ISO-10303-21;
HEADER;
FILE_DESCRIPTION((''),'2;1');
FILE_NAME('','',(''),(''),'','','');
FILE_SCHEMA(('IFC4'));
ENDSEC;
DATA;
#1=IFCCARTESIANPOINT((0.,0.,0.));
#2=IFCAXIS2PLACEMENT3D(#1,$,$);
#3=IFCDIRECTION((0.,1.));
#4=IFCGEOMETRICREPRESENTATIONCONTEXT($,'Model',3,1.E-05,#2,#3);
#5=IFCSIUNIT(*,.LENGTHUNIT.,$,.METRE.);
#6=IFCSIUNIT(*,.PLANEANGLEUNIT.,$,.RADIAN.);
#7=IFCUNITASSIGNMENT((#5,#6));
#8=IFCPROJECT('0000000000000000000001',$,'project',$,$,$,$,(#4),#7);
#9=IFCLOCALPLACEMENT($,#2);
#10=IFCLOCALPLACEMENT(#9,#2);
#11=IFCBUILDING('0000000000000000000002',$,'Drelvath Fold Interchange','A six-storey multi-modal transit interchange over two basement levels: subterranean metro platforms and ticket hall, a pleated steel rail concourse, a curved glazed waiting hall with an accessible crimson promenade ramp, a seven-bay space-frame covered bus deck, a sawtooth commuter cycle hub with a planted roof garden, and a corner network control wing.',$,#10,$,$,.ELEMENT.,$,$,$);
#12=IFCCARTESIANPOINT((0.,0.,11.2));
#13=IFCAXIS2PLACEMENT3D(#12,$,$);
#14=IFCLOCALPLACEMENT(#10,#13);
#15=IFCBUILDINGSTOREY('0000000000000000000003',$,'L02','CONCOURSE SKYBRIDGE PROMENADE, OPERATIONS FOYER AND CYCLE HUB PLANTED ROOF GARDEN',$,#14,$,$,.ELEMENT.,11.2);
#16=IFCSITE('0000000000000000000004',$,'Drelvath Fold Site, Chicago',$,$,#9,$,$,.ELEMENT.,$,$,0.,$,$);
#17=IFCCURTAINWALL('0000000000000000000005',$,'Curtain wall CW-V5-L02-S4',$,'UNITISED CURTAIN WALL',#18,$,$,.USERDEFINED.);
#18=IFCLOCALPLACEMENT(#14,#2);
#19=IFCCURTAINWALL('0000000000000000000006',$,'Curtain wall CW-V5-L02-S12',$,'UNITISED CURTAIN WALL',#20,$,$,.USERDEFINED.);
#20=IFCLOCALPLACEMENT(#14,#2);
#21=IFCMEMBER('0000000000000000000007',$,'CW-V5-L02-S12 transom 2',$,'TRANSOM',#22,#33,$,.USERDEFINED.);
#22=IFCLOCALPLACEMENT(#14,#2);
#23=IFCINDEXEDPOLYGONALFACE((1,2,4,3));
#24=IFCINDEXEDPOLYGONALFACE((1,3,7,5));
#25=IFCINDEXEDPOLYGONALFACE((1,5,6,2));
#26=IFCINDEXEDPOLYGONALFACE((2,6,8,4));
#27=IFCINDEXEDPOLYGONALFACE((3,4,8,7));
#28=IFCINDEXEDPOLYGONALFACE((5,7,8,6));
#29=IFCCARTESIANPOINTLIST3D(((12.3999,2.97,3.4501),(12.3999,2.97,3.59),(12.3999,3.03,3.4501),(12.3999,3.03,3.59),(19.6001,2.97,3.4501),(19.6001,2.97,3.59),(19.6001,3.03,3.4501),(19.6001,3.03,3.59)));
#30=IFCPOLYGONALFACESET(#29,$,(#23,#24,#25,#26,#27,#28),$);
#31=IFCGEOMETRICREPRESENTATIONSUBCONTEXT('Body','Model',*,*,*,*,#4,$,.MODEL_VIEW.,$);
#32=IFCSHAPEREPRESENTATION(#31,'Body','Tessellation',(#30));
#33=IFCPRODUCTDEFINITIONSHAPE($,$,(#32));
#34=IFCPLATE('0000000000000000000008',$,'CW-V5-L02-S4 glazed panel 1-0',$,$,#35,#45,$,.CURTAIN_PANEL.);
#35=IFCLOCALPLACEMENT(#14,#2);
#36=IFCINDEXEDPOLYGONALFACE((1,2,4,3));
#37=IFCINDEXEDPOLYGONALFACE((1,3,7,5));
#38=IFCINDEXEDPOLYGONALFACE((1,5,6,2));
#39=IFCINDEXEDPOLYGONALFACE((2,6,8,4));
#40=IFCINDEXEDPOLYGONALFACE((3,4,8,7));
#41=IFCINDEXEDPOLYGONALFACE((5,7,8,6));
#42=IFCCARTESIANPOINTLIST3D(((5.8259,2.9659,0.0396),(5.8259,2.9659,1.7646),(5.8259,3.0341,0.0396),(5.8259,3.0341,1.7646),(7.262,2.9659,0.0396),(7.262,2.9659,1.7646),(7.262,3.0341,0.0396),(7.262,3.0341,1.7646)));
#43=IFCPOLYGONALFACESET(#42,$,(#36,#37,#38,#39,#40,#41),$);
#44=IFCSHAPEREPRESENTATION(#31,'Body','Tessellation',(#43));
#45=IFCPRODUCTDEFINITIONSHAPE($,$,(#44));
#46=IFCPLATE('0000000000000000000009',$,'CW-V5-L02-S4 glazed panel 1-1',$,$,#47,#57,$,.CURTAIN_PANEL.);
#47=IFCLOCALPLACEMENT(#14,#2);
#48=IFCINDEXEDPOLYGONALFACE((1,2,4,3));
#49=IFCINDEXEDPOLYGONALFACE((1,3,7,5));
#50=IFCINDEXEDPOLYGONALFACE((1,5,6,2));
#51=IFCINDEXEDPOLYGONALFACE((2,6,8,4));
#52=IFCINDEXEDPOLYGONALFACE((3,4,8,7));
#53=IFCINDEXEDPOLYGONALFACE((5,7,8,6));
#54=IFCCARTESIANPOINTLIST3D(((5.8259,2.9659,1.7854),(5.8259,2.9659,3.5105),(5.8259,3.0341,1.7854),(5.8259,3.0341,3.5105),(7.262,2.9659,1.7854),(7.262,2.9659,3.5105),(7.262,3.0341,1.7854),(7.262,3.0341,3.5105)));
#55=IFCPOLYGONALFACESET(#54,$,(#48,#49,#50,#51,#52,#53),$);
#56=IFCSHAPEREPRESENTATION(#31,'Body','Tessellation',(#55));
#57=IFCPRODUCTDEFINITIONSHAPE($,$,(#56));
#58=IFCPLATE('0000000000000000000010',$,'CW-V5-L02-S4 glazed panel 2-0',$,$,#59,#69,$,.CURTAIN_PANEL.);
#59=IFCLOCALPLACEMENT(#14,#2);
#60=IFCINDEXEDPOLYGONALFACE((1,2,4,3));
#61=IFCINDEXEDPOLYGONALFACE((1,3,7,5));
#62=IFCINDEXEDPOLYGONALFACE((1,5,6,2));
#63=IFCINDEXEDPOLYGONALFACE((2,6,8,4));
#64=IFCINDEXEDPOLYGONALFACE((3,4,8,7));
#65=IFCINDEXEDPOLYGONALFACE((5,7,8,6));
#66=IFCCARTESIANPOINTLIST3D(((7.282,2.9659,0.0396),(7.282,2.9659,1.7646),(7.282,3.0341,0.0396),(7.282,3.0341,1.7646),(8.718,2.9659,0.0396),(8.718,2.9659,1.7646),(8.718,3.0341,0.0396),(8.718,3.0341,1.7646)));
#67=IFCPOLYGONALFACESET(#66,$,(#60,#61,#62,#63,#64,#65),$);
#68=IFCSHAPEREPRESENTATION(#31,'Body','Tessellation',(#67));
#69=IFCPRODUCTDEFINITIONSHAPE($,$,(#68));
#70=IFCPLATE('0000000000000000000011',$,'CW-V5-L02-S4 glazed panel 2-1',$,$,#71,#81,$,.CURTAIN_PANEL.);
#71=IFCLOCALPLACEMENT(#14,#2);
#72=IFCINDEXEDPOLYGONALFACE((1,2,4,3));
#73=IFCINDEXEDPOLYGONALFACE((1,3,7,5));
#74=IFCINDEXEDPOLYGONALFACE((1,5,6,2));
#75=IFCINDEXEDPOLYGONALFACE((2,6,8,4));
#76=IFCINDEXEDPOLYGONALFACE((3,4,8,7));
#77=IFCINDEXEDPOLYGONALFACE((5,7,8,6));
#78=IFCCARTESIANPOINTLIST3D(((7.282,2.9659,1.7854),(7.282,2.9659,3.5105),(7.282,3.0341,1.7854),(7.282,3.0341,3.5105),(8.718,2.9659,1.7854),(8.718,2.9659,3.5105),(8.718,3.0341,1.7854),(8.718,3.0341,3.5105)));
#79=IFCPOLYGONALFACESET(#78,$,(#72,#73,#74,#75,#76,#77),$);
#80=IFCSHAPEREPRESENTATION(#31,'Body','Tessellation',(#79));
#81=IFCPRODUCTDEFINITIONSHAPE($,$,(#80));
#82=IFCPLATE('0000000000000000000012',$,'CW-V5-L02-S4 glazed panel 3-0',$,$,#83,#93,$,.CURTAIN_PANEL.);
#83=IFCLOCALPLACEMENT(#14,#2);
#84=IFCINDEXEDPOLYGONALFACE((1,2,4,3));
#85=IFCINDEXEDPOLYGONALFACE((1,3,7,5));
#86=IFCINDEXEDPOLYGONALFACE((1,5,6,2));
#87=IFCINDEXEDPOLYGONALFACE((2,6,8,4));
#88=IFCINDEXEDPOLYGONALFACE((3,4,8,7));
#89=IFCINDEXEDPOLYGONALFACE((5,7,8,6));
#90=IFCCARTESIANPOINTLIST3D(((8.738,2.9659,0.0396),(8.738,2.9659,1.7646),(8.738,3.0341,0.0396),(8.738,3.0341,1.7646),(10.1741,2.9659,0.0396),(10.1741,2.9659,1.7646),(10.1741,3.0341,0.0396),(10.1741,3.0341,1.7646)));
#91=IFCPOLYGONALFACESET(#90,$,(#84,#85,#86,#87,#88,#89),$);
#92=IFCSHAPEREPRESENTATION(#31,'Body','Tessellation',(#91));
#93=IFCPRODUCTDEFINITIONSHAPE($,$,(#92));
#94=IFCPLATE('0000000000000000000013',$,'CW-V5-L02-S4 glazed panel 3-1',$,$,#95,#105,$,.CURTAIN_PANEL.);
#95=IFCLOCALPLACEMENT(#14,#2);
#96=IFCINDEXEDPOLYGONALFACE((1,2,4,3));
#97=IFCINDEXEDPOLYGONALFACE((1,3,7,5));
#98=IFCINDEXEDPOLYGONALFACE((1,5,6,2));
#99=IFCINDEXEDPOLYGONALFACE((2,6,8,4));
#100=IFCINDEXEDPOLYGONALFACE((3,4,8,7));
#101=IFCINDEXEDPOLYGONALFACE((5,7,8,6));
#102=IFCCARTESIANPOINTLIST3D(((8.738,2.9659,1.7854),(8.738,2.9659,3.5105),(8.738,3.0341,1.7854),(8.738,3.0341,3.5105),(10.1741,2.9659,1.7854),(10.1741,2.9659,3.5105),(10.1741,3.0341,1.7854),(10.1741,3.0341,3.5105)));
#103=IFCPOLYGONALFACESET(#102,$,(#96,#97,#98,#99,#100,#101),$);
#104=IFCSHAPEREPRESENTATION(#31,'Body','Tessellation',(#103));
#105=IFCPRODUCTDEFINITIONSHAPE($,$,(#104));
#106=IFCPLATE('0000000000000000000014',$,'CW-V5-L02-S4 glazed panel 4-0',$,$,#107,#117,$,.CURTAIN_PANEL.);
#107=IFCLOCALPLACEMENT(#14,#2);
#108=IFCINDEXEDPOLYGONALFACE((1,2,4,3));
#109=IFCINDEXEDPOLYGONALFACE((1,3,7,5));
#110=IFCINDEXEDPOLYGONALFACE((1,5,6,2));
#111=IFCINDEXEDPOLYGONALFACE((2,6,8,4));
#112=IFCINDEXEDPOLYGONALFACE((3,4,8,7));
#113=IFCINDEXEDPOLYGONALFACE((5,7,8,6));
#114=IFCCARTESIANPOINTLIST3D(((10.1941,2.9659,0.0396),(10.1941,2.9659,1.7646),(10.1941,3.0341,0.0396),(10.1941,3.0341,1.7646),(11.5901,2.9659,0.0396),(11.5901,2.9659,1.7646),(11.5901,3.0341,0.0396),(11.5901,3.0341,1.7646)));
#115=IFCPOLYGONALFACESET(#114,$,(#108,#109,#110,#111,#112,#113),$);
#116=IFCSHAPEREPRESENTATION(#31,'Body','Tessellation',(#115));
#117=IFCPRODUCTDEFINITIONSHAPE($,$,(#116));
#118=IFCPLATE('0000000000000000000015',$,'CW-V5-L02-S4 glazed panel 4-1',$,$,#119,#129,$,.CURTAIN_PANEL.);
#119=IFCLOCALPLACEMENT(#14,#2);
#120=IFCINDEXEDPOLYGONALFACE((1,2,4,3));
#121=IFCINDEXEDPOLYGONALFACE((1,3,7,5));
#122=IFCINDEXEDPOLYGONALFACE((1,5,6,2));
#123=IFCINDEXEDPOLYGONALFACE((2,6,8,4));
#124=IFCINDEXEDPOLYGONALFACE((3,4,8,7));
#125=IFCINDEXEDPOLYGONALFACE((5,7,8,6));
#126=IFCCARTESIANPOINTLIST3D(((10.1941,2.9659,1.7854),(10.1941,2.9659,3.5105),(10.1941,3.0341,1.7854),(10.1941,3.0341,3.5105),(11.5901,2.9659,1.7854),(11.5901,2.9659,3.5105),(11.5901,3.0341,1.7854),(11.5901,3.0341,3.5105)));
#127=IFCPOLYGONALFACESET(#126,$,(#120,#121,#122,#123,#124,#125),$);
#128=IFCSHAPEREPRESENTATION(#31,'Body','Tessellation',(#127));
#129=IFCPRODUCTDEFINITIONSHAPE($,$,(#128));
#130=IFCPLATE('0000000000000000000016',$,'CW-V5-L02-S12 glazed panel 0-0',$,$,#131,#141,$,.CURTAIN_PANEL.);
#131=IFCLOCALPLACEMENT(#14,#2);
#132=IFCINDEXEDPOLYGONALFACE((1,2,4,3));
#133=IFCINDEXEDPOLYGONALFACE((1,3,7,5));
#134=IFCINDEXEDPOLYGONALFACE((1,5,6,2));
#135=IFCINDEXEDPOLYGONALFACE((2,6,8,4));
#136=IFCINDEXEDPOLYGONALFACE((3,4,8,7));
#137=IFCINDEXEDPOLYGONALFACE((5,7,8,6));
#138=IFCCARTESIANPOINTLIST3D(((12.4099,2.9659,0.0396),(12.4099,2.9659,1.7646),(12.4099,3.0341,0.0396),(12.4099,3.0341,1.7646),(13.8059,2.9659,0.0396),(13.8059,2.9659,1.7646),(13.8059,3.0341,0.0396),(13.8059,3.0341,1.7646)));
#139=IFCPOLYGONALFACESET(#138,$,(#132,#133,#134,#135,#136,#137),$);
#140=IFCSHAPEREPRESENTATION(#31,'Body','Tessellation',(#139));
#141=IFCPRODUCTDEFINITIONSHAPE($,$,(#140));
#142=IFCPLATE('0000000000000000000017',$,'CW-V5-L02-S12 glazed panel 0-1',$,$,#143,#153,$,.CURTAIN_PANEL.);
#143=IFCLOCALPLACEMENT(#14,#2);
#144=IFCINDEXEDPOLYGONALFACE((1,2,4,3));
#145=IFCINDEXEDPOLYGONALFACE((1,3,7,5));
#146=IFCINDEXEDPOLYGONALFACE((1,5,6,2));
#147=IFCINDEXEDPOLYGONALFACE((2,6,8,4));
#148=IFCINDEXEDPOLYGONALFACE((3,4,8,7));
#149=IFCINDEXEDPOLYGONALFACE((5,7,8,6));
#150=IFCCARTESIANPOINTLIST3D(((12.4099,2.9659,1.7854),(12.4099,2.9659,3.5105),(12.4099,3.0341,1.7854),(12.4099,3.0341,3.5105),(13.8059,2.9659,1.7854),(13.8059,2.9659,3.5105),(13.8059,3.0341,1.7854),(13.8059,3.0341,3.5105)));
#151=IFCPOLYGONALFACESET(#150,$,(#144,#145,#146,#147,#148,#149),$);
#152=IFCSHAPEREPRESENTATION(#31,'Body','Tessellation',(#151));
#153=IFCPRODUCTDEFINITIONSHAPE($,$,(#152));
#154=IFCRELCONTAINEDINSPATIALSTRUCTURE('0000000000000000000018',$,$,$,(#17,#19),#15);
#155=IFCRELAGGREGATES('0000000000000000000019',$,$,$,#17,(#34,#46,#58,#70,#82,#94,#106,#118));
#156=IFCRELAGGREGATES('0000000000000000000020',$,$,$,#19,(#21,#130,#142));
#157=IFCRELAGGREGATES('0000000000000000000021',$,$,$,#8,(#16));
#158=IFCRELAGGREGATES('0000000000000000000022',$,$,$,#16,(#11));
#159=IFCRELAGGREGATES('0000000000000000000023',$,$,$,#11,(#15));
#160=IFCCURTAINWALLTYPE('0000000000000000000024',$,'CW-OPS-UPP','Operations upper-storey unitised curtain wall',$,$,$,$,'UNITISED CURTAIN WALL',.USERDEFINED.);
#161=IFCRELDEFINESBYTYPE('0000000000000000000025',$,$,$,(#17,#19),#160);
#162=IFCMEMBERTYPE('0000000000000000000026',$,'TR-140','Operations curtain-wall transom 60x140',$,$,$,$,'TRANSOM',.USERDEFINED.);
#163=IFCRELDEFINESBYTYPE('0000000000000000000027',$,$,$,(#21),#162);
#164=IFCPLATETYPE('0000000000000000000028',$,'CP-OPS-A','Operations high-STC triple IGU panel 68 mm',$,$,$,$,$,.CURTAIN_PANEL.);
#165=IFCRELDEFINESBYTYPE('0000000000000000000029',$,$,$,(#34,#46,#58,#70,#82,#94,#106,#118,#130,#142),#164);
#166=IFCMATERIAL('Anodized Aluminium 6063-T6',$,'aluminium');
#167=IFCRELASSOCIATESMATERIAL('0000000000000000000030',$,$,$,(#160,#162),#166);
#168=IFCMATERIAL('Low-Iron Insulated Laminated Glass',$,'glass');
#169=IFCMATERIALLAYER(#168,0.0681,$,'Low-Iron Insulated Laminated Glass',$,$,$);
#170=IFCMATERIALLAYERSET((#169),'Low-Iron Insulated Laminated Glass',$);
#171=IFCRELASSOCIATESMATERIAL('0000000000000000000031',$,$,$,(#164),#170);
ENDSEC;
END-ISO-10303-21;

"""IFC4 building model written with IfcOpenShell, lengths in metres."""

from ifc_helpers import new_model, si_unit, direction, frame, origin, origin_2d, place, context, subcontext, project, spatial, rectangle, extrude, material, layer, layer_set, material_profile, profile_set, type_object, element, aggregate, save


model = new_model("IFC4")

# Units and contexts
model_context = context("Model", 3, precision=1e-05, world=origin(), true_north=direction((0.0, 1.0)))
body_context = subcontext(model_context, "Body", "Model", "MODEL_VIEW")
ifc_project = project(units=[si_unit("LENGTHUNIT", "METRE"), si_unit("PLANEANGLEUNIT", "RADIAN")], contexts=[model_context])

# Site, building, storey
site_placement = place(None, origin())
site = spatial("IfcSite", under=ifc_project, at=site_placement, Name="Drelvath Fold Site, Chicago", CompositionType="ELEMENT", RefElevation=0.0)
building_placement = place(site_placement, origin())
building = spatial("IfcBuilding", under=site, at=building_placement, Name="Drelvath Fold Interchange", Description="A six-storey multi-modal transit interchange over two basement levels: subterranean metro platforms and ticket hall, a pleated steel rail concourse, a curved glazed waiting hall with an accessible crimson promenade ramp, a seven-bay space-frame covered bus deck, a sawtooth commuter cycle hub with a planted roof garden, and a corner network control wing.", CompositionType="ELEMENT")
storey_placement = place(building_placement, frame((0.0, 0.0, 11.2)))
storey = spatial("IfcBuildingStorey", under=building, at=storey_placement, Name="L02", Description="CONCOURSE SKYBRIDGE PROMENADE, OPERATIONS FOYER AND CYCLE HUB PLANTED ROOF GARDEN", CompositionType="ELEMENT", Elevation=11.2)

# Curtain walls, member
ifc_material_1 = material(Name="Anodized Aluminium 6063-T6", Category="aluminium")
curtain_wall_type = type_object("IfcCurtainWallType", Name="CW-OPS-UPP", Description="Operations upper-storey unitised curtain wall", ElementType="UNITISED CURTAIN WALL", PredefinedType="USERDEFINED", material=ifc_material_1)
curtain_wall_1_placement = place(storey_placement, origin())
curtain_wall_1 = element("IfcCurtainWall", 1, at=curtain_wall_1_placement, inside=storey, type_object=curtain_wall_type, Name="Curtain wall CW-V5-L02-S4", ObjectType="UNITISED CURTAIN WALL", PredefinedType="USERDEFINED")
curtain_wall_2_placement = place(storey_placement, origin())
curtain_wall_2 = element("IfcCurtainWall", 2, at=curtain_wall_2_placement, inside=storey, type_object=curtain_wall_type, Name="Curtain wall CW-V5-L02-S12", ObjectType="UNITISED CURTAIN WALL", PredefinedType="USERDEFINED")
ifc_material_profile_1 = material_profile(ifc_material_1, rectangle(XDim=0.0601, YDim=0.1399, at=origin_2d()), Name="AL-T 60x140")
ifc_profile_set_1 = profile_set([ifc_material_profile_1], Name="Anodized Aluminium 6063-T6")
member_type_1 = type_object("IfcMemberType", Name="TR-140", Description="Operations curtain-wall transom 60x140", ElementType="TRANSOM", PredefinedType="USERDEFINED", material=ifc_profile_set_1)
member_1_placement = place(storey_placement, frame((12.3999, 3.0, 3.52), z_axis=(1.0, 0.0, 0.0), x_axis=(0.0, 1.0, 0.0)))
member_1 = element("IfcMember", 3, at=member_1_placement, type_object=member_type_1, Name="CW-V5-L02-S12 transom 2", ObjectType="TRANSOM", PredefinedType="USERDEFINED", context=body_context, shape_type="SweptSolid", body=[
    extrude(rectangle(XDim=0.0601, YDim=0.1399, at=origin_2d()), origin(), (0.0, 0.0, 1.0), 7.2002),
])

# Plates
ifc_material_2 = material(Name="Low-Iron Insulated Laminated Glass", Category="glass")
ifc_layer = layer(ifc_material_2, 0.0681, Name="Low-Iron Insulated Laminated Glass")
ifc_layer_set = layer_set([ifc_layer], Name="Low-Iron Insulated Laminated Glass")
plate_type = type_object("IfcPlateType", Name="CP-OPS-A", Description="Operations high-STC triple IGU panel 68 mm", PredefinedType="CURTAIN_PANEL", material=ifc_layer_set)
plate_1_placement = place(storey_placement, frame((6.5439, 3.0, 0.0396), z_axis=(0.0, 0.0, 1.0), x_axis=(1.0, 0.0, 0.0)))
plate_1 = element("IfcPlate", 4, at=plate_1_placement, type_object=plate_type, Name="CW-V5-L02-S4 glazed panel 1-0", PredefinedType="CURTAIN_PANEL", context=body_context, shape_type="SweptSolid", body=[
    extrude(rectangle(XDim=1.436, YDim=0.0681, at=origin_2d()), origin(), (0.0, 0.0, 1.0), 1.7251),
])
plate_2_placement = place(storey_placement, frame((6.5439, 3.0, 1.7854), z_axis=(0.0, 0.0, 1.0), x_axis=(1.0, 0.0, 0.0)))
plate_2 = element("IfcPlate", 5, at=plate_2_placement, type_object=plate_type, Name="CW-V5-L02-S4 glazed panel 1-1", PredefinedType="CURTAIN_PANEL", context=body_context, shape_type="SweptSolid", body=[
    extrude(rectangle(XDim=1.436, YDim=0.0681, at=origin_2d()), origin(), (0.0, 0.0, 1.0), 1.7251),
])
plate_3_placement = place(storey_placement, frame((8.0, 3.0, 0.0396), z_axis=(0.0, 0.0, 1.0), x_axis=(1.0, 0.0, 0.0)))
plate_3 = element("IfcPlate", 6, at=plate_3_placement, type_object=plate_type, Name="CW-V5-L02-S4 glazed panel 2-0", PredefinedType="CURTAIN_PANEL", context=body_context, shape_type="SweptSolid", body=[
    extrude(rectangle(XDim=1.436, YDim=0.0681, at=origin_2d()), origin(), (0.0, 0.0, 1.0), 1.7251),
])
plate_4_placement = place(storey_placement, frame((8.0, 3.0, 1.7854), z_axis=(0.0, 0.0, 1.0), x_axis=(1.0, 0.0, 0.0)))
plate_4 = element("IfcPlate", 7, at=plate_4_placement, type_object=plate_type, Name="CW-V5-L02-S4 glazed panel 2-1", PredefinedType="CURTAIN_PANEL", context=body_context, shape_type="SweptSolid", body=[
    extrude(rectangle(XDim=1.436, YDim=0.0681, at=origin_2d()), origin(), (0.0, 0.0, 1.0), 1.7251),
])
plate_5_placement = place(storey_placement, frame((9.4561, 3.0, 0.0396), z_axis=(0.0, 0.0, 1.0), x_axis=(1.0, 0.0, 0.0)))
plate_5 = element("IfcPlate", 8, at=plate_5_placement, type_object=plate_type, Name="CW-V5-L02-S4 glazed panel 3-0", PredefinedType="CURTAIN_PANEL", context=body_context, shape_type="SweptSolid", body=[
    extrude(rectangle(XDim=1.436, YDim=0.0681, at=origin_2d()), origin(), (0.0, 0.0, 1.0), 1.7251),
])
plate_6_placement = place(storey_placement, frame((9.4561, 3.0, 1.7854), z_axis=(0.0, 0.0, 1.0), x_axis=(1.0, 0.0, 0.0)))
plate_6 = element("IfcPlate", 9, at=plate_6_placement, type_object=plate_type, Name="CW-V5-L02-S4 glazed panel 3-1", PredefinedType="CURTAIN_PANEL", context=body_context, shape_type="SweptSolid", body=[
    extrude(rectangle(XDim=1.436, YDim=0.0681, at=origin_2d()), origin(), (0.0, 0.0, 1.0), 1.7251),
])
plate_7_placement = place(storey_placement, frame((10.8921, 3.0, 0.0396), z_axis=(0.0, 0.0, 1.0), x_axis=(1.0, 0.0, 0.0)))
plate_7 = element("IfcPlate", 10, at=plate_7_placement, type_object=plate_type, Name="CW-V5-L02-S4 glazed panel 4-0", PredefinedType="CURTAIN_PANEL", context=body_context, shape_type="SweptSolid", body=[
    extrude(rectangle(XDim=1.396, YDim=0.0681, at=origin_2d()), origin(), (0.0, 0.0, 1.0), 1.7251),
])
plate_8_placement = place(storey_placement, frame((10.8921, 3.0, 1.7854), z_axis=(0.0, 0.0, 1.0), x_axis=(1.0, 0.0, 0.0)))
plate_8 = element("IfcPlate", 11, at=plate_8_placement, type_object=plate_type, Name="CW-V5-L02-S4 glazed panel 4-1", PredefinedType="CURTAIN_PANEL", context=body_context, shape_type="SweptSolid", body=[
    extrude(rectangle(XDim=1.396, YDim=0.0681, at=origin_2d()), origin(), (0.0, 0.0, 1.0), 1.7251),
])
aggregate(curtain_wall_1, [plate_1, plate_2, plate_3, plate_4, plate_5, plate_6, plate_7, plate_8])
plate_9_placement = place(storey_placement, frame((13.1079, 3.0, 0.0396), z_axis=(0.0, 0.0, 1.0), x_axis=(1.0, 0.0, 0.0)))
plate_9 = element("IfcPlate", 12, at=plate_9_placement, type_object=plate_type, Name="CW-V5-L02-S12 glazed panel 0-0", PredefinedType="CURTAIN_PANEL", context=body_context, shape_type="SweptSolid", body=[
    extrude(rectangle(XDim=1.396, YDim=0.0681, at=origin_2d()), origin(), (0.0, 0.0, 1.0), 1.7251),
])
plate_10_placement = place(storey_placement, frame((13.1079, 3.0, 1.7854), z_axis=(0.0, 0.0, 1.0), x_axis=(1.0, 0.0, 0.0)))
plate_10 = element("IfcPlate", 13, at=plate_10_placement, type_object=plate_type, Name="CW-V5-L02-S12 glazed panel 0-1", PredefinedType="CURTAIN_PANEL", context=body_context, shape_type="SweptSolid", body=[
    extrude(rectangle(XDim=1.396, YDim=0.0681, at=origin_2d()), origin(), (0.0, 0.0, 1.0), 1.7251),
])
aggregate(curtain_wall_2, [member_1, plate_9, plate_10])

save(model, "model.ifc")
